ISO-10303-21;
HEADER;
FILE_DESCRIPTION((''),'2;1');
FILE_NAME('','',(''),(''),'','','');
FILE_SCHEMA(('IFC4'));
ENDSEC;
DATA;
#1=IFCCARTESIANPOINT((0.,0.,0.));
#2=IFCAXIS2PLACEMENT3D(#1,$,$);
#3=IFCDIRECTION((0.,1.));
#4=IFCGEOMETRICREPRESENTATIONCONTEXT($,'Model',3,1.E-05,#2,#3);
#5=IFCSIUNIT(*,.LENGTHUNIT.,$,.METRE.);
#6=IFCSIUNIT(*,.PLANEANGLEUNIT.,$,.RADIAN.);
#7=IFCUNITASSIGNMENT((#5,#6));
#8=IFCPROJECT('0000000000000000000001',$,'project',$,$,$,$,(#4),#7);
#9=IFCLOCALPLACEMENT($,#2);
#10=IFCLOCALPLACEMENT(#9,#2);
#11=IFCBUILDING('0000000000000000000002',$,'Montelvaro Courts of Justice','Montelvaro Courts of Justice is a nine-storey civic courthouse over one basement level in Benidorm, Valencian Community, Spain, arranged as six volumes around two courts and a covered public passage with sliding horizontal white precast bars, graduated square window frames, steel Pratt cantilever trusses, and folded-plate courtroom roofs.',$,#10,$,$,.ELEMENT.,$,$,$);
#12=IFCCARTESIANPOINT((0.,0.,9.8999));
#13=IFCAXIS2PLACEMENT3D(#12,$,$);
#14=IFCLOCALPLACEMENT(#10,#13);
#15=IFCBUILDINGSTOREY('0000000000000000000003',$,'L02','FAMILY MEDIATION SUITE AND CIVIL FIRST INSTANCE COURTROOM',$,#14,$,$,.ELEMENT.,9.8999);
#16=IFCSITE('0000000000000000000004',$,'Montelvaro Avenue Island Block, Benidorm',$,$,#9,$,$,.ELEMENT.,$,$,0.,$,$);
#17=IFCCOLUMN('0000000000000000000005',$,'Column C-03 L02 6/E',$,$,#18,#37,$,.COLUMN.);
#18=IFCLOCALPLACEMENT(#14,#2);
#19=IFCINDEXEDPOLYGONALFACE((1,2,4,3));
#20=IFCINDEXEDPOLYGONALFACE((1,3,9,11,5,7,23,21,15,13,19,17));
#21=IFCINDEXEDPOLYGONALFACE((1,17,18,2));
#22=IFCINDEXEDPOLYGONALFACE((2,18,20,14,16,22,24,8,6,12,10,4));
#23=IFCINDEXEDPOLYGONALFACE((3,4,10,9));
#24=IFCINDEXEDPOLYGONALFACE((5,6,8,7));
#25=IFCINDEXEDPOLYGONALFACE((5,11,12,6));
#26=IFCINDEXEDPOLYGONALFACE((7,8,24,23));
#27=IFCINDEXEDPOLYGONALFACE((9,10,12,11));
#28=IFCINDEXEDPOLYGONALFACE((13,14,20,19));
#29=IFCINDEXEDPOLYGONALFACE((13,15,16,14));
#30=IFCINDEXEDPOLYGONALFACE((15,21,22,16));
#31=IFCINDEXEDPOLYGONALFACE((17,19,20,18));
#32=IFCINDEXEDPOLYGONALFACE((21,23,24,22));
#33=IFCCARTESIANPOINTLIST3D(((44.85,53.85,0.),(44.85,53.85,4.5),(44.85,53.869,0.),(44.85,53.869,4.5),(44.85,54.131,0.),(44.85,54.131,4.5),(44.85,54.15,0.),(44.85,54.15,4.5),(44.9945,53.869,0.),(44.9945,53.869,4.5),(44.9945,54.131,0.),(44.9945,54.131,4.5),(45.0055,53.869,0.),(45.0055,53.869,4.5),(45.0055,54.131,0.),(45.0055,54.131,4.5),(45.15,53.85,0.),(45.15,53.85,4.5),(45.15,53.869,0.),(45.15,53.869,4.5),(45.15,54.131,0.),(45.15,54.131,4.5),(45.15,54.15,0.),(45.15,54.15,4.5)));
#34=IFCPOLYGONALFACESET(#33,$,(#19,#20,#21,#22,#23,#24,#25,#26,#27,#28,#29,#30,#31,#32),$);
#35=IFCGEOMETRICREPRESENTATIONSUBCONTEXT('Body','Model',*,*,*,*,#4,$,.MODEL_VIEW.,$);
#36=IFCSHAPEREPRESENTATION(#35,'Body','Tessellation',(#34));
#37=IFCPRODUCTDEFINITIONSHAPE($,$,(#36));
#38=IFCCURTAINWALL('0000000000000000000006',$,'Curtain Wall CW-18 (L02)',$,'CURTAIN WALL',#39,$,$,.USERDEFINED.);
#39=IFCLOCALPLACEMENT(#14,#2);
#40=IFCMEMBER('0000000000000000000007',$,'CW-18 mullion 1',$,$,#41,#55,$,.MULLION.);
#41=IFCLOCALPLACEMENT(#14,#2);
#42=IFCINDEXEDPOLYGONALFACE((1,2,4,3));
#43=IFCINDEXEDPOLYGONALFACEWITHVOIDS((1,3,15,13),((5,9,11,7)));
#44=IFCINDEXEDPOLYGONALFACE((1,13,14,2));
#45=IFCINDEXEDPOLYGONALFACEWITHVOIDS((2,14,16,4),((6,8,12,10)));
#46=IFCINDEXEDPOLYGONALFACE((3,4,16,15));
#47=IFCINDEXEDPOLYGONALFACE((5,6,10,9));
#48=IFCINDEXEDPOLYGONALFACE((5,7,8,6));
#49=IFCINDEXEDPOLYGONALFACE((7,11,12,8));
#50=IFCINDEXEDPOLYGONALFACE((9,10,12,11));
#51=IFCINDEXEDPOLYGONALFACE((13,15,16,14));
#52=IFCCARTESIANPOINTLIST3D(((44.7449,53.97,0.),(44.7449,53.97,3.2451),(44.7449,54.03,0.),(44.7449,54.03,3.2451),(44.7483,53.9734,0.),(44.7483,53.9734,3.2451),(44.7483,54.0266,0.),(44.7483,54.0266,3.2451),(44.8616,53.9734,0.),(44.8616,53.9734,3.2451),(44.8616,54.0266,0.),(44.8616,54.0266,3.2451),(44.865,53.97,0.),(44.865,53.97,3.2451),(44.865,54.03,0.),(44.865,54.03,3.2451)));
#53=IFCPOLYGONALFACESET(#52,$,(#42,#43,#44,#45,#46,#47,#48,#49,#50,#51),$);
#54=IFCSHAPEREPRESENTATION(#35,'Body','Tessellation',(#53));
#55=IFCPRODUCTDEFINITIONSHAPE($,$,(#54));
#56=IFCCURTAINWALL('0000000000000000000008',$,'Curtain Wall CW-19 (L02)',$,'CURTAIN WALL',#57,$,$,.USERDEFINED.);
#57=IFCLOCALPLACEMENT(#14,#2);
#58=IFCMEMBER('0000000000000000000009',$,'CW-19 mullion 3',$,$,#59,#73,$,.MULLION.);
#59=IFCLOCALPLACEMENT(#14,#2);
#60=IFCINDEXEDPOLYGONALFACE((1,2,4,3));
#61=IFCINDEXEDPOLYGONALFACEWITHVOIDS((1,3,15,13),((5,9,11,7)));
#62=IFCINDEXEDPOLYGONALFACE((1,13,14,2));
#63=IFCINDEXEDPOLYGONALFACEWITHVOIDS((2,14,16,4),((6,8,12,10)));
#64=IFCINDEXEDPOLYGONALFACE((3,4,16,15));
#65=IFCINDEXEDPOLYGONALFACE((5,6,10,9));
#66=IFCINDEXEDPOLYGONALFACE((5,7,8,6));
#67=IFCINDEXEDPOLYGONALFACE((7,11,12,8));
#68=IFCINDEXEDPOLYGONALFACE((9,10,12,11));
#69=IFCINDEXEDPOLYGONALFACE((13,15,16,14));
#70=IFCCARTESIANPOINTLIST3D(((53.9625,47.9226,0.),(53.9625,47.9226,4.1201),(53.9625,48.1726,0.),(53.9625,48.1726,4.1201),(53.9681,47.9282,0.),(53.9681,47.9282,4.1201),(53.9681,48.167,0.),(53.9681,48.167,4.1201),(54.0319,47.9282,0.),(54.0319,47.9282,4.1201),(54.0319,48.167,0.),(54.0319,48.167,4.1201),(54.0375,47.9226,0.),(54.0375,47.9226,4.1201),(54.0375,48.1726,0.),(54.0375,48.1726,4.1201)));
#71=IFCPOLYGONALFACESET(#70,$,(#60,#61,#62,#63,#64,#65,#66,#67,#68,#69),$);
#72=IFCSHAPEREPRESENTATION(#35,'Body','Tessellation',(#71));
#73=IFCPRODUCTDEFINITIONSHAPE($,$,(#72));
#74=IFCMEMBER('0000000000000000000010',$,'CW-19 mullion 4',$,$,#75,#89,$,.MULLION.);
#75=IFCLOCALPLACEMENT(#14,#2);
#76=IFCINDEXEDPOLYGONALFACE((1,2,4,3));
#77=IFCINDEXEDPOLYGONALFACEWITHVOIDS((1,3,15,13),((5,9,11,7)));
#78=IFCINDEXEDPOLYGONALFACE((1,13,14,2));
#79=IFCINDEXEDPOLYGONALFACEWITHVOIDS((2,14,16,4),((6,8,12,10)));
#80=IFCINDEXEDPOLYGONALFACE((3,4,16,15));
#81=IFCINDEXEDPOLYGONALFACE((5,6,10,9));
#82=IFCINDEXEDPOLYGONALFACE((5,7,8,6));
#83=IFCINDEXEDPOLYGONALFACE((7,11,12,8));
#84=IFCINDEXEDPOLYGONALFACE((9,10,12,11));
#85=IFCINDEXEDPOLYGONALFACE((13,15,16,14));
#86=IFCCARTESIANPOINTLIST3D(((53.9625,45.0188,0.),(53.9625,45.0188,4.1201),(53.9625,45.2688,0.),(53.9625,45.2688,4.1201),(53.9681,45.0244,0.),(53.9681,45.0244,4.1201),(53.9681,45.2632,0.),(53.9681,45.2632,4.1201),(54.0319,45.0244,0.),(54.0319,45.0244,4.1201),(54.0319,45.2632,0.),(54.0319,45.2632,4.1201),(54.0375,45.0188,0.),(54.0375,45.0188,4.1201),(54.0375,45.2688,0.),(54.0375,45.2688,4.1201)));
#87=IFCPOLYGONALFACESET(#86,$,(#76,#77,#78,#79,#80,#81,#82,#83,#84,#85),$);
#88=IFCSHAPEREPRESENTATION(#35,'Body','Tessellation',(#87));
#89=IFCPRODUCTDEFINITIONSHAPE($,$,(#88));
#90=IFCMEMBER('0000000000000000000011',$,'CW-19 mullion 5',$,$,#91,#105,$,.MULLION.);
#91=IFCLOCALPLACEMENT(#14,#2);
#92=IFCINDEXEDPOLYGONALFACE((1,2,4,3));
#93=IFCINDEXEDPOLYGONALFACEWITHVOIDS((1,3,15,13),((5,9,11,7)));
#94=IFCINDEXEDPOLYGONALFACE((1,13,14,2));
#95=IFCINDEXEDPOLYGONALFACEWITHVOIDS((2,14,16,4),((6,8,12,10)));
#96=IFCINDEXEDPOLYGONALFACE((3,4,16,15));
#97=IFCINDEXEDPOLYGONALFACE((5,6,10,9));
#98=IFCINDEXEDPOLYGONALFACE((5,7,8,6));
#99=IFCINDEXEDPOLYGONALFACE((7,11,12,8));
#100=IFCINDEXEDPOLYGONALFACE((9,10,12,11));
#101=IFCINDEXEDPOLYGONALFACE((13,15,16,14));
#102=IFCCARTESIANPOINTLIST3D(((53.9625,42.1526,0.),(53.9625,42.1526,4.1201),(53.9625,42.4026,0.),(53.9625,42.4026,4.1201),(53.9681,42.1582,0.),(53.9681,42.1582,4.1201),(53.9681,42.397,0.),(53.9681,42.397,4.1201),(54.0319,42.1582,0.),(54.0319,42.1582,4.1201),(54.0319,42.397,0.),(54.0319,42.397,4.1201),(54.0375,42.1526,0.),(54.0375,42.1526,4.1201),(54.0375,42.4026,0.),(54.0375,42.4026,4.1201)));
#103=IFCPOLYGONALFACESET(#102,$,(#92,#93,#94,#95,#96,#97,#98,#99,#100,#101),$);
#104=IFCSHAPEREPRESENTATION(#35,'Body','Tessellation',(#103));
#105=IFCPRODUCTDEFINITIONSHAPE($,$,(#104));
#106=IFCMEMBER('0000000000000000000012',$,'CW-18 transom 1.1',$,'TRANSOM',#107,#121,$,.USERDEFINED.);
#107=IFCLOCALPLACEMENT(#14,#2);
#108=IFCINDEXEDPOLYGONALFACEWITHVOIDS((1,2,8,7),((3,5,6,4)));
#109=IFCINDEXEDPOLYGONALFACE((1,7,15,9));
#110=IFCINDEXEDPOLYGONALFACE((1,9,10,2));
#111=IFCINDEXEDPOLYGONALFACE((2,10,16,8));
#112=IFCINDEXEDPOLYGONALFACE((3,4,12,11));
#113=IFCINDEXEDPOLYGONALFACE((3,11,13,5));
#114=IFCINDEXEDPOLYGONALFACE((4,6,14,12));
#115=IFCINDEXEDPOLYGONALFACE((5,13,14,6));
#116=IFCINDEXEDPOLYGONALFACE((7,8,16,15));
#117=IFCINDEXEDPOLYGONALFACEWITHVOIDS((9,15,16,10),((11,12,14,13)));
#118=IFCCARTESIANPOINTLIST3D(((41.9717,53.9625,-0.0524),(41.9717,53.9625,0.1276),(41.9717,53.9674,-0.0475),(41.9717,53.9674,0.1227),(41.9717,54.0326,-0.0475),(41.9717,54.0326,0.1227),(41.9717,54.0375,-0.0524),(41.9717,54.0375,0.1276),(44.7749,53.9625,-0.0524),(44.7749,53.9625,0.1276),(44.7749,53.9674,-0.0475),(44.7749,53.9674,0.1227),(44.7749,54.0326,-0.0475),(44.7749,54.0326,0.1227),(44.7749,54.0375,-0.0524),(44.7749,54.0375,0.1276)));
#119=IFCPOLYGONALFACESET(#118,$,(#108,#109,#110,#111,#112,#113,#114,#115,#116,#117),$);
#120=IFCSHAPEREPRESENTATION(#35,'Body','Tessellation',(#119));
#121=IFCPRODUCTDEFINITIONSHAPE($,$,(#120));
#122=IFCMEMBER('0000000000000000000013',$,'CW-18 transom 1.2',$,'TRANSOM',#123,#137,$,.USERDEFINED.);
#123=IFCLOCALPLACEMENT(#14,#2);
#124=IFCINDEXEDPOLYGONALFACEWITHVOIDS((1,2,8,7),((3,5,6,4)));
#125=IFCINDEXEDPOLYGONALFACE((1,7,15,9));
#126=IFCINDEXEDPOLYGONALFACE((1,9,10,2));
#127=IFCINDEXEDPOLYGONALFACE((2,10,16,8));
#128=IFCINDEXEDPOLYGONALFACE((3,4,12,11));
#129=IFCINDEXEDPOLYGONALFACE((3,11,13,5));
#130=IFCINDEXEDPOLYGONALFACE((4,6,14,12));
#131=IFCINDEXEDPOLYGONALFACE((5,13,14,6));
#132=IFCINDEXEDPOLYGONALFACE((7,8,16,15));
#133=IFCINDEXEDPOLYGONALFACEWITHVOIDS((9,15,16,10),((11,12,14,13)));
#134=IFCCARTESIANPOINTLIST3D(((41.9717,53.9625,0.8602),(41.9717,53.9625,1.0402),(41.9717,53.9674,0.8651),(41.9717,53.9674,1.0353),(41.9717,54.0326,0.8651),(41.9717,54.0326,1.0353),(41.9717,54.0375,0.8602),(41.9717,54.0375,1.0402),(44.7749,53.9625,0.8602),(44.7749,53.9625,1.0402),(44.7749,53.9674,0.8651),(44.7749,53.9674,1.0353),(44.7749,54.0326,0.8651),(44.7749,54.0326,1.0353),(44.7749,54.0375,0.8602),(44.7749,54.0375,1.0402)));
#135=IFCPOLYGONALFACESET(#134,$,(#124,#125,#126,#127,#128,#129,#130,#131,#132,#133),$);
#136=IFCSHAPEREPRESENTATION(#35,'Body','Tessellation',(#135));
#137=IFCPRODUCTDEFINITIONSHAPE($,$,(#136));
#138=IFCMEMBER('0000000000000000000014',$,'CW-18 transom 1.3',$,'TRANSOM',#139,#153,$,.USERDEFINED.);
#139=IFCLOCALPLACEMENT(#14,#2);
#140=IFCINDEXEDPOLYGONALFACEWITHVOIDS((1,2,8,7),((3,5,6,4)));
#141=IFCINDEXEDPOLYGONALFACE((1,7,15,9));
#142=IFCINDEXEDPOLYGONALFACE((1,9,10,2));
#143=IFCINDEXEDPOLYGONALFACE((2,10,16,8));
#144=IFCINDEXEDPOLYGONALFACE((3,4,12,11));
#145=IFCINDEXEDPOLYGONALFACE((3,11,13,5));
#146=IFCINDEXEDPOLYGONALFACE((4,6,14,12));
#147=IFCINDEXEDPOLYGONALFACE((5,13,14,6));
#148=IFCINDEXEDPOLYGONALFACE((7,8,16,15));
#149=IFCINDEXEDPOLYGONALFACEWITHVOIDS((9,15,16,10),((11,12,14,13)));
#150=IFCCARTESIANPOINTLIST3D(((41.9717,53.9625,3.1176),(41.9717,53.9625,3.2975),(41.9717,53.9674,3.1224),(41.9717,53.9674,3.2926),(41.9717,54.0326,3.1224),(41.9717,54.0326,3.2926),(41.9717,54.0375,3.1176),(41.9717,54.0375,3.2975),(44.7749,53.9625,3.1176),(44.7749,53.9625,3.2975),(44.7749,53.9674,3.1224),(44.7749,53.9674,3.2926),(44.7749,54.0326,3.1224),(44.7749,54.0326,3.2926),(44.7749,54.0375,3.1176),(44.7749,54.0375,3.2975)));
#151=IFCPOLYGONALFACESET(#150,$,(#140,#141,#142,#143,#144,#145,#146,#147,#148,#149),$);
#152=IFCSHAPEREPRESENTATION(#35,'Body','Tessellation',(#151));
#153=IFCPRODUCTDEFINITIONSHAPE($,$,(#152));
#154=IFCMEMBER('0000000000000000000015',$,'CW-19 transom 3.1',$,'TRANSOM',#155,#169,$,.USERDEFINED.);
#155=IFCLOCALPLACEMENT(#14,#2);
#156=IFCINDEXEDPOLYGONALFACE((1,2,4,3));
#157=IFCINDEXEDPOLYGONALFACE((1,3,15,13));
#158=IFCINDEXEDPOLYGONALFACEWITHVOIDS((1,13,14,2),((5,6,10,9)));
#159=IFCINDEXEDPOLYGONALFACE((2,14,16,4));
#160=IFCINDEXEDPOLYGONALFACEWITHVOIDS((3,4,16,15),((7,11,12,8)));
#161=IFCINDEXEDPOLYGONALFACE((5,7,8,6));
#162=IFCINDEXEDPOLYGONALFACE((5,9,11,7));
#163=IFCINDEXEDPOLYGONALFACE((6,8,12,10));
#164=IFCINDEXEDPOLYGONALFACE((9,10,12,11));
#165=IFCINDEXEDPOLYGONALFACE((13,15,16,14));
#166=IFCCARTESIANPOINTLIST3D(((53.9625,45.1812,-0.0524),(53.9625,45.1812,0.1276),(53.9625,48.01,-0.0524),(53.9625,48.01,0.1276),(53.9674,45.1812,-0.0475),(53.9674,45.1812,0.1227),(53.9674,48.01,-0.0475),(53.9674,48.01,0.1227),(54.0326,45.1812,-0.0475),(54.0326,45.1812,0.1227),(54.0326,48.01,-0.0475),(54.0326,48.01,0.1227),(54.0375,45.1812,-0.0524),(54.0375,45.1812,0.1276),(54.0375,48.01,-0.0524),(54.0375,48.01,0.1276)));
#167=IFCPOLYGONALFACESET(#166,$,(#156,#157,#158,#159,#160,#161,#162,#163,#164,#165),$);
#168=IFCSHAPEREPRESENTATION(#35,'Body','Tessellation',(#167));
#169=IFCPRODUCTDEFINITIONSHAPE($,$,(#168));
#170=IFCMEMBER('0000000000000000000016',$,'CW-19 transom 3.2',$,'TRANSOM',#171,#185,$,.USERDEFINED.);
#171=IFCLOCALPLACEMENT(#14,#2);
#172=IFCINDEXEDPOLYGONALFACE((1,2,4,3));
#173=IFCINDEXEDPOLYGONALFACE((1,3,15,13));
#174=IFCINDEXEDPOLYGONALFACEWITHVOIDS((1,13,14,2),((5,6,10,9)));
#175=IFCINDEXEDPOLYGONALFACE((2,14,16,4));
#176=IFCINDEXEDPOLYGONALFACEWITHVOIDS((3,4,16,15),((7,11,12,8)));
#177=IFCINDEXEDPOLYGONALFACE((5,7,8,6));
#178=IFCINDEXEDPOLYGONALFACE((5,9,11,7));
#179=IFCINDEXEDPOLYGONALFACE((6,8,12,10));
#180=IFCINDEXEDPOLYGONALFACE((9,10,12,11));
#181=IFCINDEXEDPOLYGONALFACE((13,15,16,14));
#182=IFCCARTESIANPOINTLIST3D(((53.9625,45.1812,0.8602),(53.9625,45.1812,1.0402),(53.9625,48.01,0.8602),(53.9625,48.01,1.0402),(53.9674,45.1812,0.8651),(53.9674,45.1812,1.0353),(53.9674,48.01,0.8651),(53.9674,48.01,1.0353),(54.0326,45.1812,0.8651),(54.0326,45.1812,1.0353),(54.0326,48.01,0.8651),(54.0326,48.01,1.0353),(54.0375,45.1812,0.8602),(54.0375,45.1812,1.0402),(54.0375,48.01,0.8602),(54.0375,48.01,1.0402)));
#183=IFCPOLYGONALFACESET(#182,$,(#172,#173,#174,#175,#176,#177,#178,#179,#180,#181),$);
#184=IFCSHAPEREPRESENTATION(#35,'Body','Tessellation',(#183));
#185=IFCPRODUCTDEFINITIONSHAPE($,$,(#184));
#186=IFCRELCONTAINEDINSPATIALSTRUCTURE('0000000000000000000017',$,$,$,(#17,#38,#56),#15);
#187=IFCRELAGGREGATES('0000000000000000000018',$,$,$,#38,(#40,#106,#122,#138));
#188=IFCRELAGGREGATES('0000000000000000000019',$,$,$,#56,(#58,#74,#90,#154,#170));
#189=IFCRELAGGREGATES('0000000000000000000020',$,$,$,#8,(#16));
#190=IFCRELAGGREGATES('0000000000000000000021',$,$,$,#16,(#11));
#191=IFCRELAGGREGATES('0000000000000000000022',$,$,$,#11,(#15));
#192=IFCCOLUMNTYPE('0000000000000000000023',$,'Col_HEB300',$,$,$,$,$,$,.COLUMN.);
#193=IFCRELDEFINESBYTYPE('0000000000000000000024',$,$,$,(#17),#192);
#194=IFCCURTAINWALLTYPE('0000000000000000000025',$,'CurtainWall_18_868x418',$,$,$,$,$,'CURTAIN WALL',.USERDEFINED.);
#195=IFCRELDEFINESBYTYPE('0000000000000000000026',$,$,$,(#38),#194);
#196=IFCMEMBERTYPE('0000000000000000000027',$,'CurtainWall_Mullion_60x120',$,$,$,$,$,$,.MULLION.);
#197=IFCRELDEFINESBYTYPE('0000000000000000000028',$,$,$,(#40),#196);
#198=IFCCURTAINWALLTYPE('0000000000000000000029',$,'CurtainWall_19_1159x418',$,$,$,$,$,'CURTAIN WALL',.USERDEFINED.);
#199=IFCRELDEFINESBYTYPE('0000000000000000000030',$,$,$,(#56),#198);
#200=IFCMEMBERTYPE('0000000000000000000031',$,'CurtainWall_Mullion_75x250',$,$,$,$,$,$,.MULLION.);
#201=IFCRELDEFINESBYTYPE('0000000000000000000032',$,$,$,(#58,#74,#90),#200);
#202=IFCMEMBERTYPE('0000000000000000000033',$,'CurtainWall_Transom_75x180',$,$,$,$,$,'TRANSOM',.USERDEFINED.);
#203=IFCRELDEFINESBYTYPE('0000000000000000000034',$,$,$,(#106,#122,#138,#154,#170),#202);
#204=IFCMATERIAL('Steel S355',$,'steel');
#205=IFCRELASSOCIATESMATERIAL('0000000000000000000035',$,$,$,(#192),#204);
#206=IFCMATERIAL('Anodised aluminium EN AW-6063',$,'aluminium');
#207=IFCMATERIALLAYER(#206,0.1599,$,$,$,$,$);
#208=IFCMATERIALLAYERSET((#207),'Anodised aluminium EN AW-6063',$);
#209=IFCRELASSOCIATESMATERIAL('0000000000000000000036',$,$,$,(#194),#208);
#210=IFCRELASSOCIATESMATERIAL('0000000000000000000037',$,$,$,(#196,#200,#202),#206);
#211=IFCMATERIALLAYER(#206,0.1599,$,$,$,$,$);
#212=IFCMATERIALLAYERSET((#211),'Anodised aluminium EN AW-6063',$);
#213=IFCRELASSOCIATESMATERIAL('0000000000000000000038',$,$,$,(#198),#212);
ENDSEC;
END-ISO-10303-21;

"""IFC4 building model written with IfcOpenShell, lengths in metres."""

from ifc_helpers import new_model, si_unit, direction, frame, origin, origin_2d, place, context, subcontext, project, spatial, hollow_rectangle, i_section, extrude, material, layer, layer_set, material_profile, profile_set, type_object, element, aggregate, save


model = new_model("IFC4")

# Units and contexts
model_context = context("Model", 3, precision=1e-05, world=origin(), true_north=direction((0.0, 1.0)))
body_context = subcontext(model_context, "Body", "Model", "MODEL_VIEW")
ifc_project = project(units=[si_unit("LENGTHUNIT", "METRE"), si_unit("PLANEANGLEUNIT", "RADIAN")], contexts=[model_context])

# Site, building, storey
site_placement = place(None, origin())
site = spatial("IfcSite", under=ifc_project, at=site_placement, Name="Montelvaro Avenue Island Block, Benidorm", CompositionType="ELEMENT", RefElevation=0.0)
building_placement = place(site_placement, origin())
building = spatial("IfcBuilding", under=site, at=building_placement, Name="Montelvaro Courts of Justice", Description="Montelvaro Courts of Justice is a nine-storey civic courthouse over one basement level in Benidorm, Valencian Community, Spain, arranged as six volumes around two courts and a covered public passage with sliding horizontal white precast bars, graduated square window frames, steel Pratt cantilever trusses, and folded-plate courtroom roofs.", CompositionType="ELEMENT")
storey_placement = place(building_placement, frame((0.0, 0.0, 9.8999)))
storey = spatial("IfcBuildingStorey", under=building, at=storey_placement, Name="L02", Description="FAMILY MEDIATION SUITE AND CIVIL FIRST INSTANCE COURTROOM", CompositionType="ELEMENT", Elevation=9.8999)

# Column
ifc_material_1 = material(Name="Steel S355", Category="steel")
ifc_material_profile_1 = material_profile(ifc_material_1, i_section(OverallWidth=0.3, OverallDepth=0.3, WebThickness=0.011, FlangeThickness=0.019, at=origin_2d()), Name="HEB 300")
ifc_profile_set_1 = profile_set([ifc_material_profile_1], Name="Steel S355")
column_type = type_object("IfcColumnType", Name="Col_HEB300", PredefinedType="COLUMN", material=ifc_profile_set_1)
column_placement = place(storey_placement, frame((45.0, 54.0, 0.0), z_axis=(0.0, 0.0, 1.0), x_axis=(1.0, 0.0, 0.0)))
element("IfcColumn", 1, at=column_placement, inside=storey, type_object=column_type, Name="Column C-03 L02 6/E", PredefinedType="COLUMN", context=body_context, shape_type="SweptSolid", body=[
    extrude(i_section(OverallWidth=0.3, OverallDepth=0.3, WebThickness=0.011, FlangeThickness=0.019, at=origin_2d()), origin(), (0.0, 0.0, 1.0), 4.5),
])

# Curtain wall, member
ifc_material_2 = material(Name="Anodised aluminium EN AW-6063", Category="aluminium")
ifc_layer_1 = layer(ifc_material_2, 0.1599)
ifc_layer_set_1 = layer_set([ifc_layer_1], Name="Anodised aluminium EN AW-6063")
curtain_wall_type_1 = type_object("IfcCurtainWallType", Name="CurtainWall_18_868x418", ElementType="CURTAIN WALL", PredefinedType="USERDEFINED", material=ifc_layer_set_1)
curtain_wall_1_placement = place(storey_placement, origin())
curtain_wall_1 = element("IfcCurtainWall", 2, at=curtain_wall_1_placement, inside=storey, type_object=curtain_wall_type_1, Name="Curtain Wall CW-18 (L02)", ObjectType="CURTAIN WALL", PredefinedType="USERDEFINED")
ifc_material_profile_2 = material_profile(ifc_material_2, hollow_rectangle(XDim=0.0601, YDim=0.1201, WallThickness=0.0034, at=origin_2d()), Name="ALU-M 60x120")
ifc_profile_set_2 = profile_set([ifc_material_profile_2], Name="Anodised aluminium EN AW-6063")
member_type_1 = type_object("IfcMemberType", Name="CurtainWall_Mullion_60x120", PredefinedType="MULLION", material=ifc_profile_set_2)
member_1_placement = place(storey_placement, frame((44.8049, 54.0, 0.0), z_axis=(0.0, 0.0, 1.0), x_axis=(0.0, -1.0, 0.0)))
member_1 = element("IfcMember", 3, at=member_1_placement, type_object=member_type_1, Name="CW-18 mullion 1", PredefinedType="MULLION", context=body_context, shape_type="SweptSolid", body=[
    extrude(hollow_rectangle(XDim=0.0601, YDim=0.1201, WallThickness=0.0034, at=origin_2d()), origin(), (0.0, 0.0, 1.0), 3.2451),
])

# Curtain wall, members
ifc_layer_2 = layer(ifc_material_2, 0.1599)
ifc_layer_set_2 = layer_set([ifc_layer_2], Name="Anodised aluminium EN AW-6063")
curtain_wall_type_2 = type_object("IfcCurtainWallType", Name="CurtainWall_19_1159x418", ElementType="CURTAIN WALL", PredefinedType="USERDEFINED", material=ifc_layer_set_2)
curtain_wall_2_placement = place(storey_placement, origin())
curtain_wall_2 = element("IfcCurtainWall", 4, at=curtain_wall_2_placement, inside=storey, type_object=curtain_wall_type_2, Name="Curtain Wall CW-19 (L02)", ObjectType="CURTAIN WALL", PredefinedType="USERDEFINED")
ifc_material_profile_3 = material_profile(ifc_material_2, hollow_rectangle(XDim=0.075, YDim=0.25, WallThickness=0.0056, at=origin_2d()), Name="ALU-M 75x250")
ifc_profile_set_3 = profile_set([ifc_material_profile_3], Name="Anodised aluminium EN AW-6063")
member_type_2 = type_object("IfcMemberType", Name="CurtainWall_Mullion_75x250", PredefinedType="MULLION", material=ifc_profile_set_3)
member_2_placement = place(storey_placement, frame((54.0, 48.0476, 0.0), z_axis=(0.0, 0.0, 1.0), x_axis=(1.0, 0.0, 0.0)))
member_2 = element("IfcMember", 5, at=member_2_placement, type_object=member_type_2, Name="CW-19 mullion 3", PredefinedType="MULLION", context=body_context, shape_type="SweptSolid", body=[
    extrude(hollow_rectangle(XDim=0.075, YDim=0.25, WallThickness=0.0056, at=origin_2d()), origin(), (0.0, 0.0, 1.0), 4.1201),
])
member_3_placement = place(storey_placement, frame((54.0, 45.1438, 0.0), z_axis=(0.0, 0.0, 1.0), x_axis=(1.0, 0.0, 0.0)))
member_3 = element("IfcMember", 6, at=member_3_placement, type_object=member_type_2, Name="CW-19 mullion 4", PredefinedType="MULLION", context=body_context, shape_type="SweptSolid", body=[
    extrude(hollow_rectangle(XDim=0.075, YDim=0.25, WallThickness=0.0056, at=origin_2d()), origin(), (0.0, 0.0, 1.0), 4.1201),
])
member_4_placement = place(storey_placement, frame((54.0, 42.2776, 0.0), z_axis=(0.0, 0.0, 1.0), x_axis=(1.0, 0.0, 0.0)))
member_4 = element("IfcMember", 7, at=member_4_placement, type_object=member_type_2, Name="CW-19 mullion 5", PredefinedType="MULLION", context=body_context, shape_type="SweptSolid", body=[
    extrude(hollow_rectangle(XDim=0.075, YDim=0.25, WallThickness=0.0056, at=origin_2d()), origin(), (0.0, 0.0, 1.0), 4.1201),
])

# Members
ifc_material_profile_4 = material_profile(ifc_material_2, hollow_rectangle(XDim=0.075, YDim=0.1799, WallThickness=0.0049, at=origin_2d()), Name="ALU-T 75x180")
ifc_profile_set_4 = profile_set([ifc_material_profile_4], Name="Anodised aluminium EN AW-6063")
member_type_3 = type_object("IfcMemberType", Name="CurtainWall_Transom_75x180", ElementType="TRANSOM", PredefinedType="USERDEFINED", material=ifc_profile_set_4)
member_5_placement = place(storey_placement, frame((44.7749, 54.0, 0.0376), z_axis=(-1.0, 0.0, 0.0), x_axis=(0.0, -1.0, 0.0)))
member_5 = element("IfcMember", 8, at=member_5_placement, type_object=member_type_3, Name="CW-18 transom 1.1", ObjectType="TRANSOM", PredefinedType="USERDEFINED", context=body_context, shape_type="SweptSolid", body=[
    extrude(hollow_rectangle(XDim=0.075, YDim=0.1799, WallThickness=0.0049, at=origin_2d()), origin(), (0.0, 0.0, 1.0), 2.8032),
])
member_6_placement = place(storey_placement, frame((44.7749, 54.0, 0.9502), z_axis=(-1.0, 0.0, 0.0), x_axis=(0.0, -1.0, 0.0)))
member_6 = element("IfcMember", 9, at=member_6_placement, type_object=member_type_3, Name="CW-18 transom 1.2", ObjectType="TRANSOM", PredefinedType="USERDEFINED", context=body_context, shape_type="SweptSolid", body=[
    extrude(hollow_rectangle(XDim=0.075, YDim=0.1799, WallThickness=0.0049, at=origin_2d()), origin(), (0.0, 0.0, 1.0), 2.8032),
])
member_7_placement = place(storey_placement, frame((44.7749, 54.0, 3.2075), z_axis=(-1.0, 0.0, 0.0), x_axis=(0.0, -1.0, 0.0)))
member_7 = element("IfcMember", 10, at=member_7_placement, type_object=member_type_3, Name="CW-18 transom 1.3", ObjectType="TRANSOM", PredefinedType="USERDEFINED", context=body_context, shape_type="SweptSolid", body=[
    extrude(hollow_rectangle(XDim=0.075, YDim=0.1799, WallThickness=0.0049, at=origin_2d()), origin(), (0.0, 0.0, 1.0), 2.8032),
])
aggregate(curtain_wall_1, [member_1, member_5, member_6, member_7])
member_8_placement = place(storey_placement, frame((54.0, 48.01, 0.0376), z_axis=(0.0, -1.0, 0.0), x_axis=(1.0, 0.0, 0.0)))
member_8 = element("IfcMember", 11, at=member_8_placement, type_object=member_type_3, Name="CW-19 transom 3.1", ObjectType="TRANSOM", PredefinedType="USERDEFINED", context=body_context, shape_type="SweptSolid", body=[
    extrude(hollow_rectangle(XDim=0.075, YDim=0.1799, WallThickness=0.0049, at=origin_2d()), origin(), (0.0, 0.0, 1.0), 2.8289),
])
member_9_placement = place(storey_placement, frame((54.0, 48.01, 0.9502), z_axis=(0.0, -1.0, 0.0), x_axis=(1.0, 0.0, 0.0)))
member_9 = element("IfcMember", 12, at=member_9_placement, type_object=member_type_3, Name="CW-19 transom 3.2", ObjectType="TRANSOM", PredefinedType="USERDEFINED", context=body_context, shape_type="SweptSolid", body=[
    extrude(hollow_rectangle(XDim=0.075, YDim=0.1799, WallThickness=0.0049, at=origin_2d()), origin(), (0.0, 0.0, 1.0), 2.8289),
])

aggregate(curtain_wall_2, [member_2, member_3, member_4, member_8, member_9])

save(model, "model.ifc")
